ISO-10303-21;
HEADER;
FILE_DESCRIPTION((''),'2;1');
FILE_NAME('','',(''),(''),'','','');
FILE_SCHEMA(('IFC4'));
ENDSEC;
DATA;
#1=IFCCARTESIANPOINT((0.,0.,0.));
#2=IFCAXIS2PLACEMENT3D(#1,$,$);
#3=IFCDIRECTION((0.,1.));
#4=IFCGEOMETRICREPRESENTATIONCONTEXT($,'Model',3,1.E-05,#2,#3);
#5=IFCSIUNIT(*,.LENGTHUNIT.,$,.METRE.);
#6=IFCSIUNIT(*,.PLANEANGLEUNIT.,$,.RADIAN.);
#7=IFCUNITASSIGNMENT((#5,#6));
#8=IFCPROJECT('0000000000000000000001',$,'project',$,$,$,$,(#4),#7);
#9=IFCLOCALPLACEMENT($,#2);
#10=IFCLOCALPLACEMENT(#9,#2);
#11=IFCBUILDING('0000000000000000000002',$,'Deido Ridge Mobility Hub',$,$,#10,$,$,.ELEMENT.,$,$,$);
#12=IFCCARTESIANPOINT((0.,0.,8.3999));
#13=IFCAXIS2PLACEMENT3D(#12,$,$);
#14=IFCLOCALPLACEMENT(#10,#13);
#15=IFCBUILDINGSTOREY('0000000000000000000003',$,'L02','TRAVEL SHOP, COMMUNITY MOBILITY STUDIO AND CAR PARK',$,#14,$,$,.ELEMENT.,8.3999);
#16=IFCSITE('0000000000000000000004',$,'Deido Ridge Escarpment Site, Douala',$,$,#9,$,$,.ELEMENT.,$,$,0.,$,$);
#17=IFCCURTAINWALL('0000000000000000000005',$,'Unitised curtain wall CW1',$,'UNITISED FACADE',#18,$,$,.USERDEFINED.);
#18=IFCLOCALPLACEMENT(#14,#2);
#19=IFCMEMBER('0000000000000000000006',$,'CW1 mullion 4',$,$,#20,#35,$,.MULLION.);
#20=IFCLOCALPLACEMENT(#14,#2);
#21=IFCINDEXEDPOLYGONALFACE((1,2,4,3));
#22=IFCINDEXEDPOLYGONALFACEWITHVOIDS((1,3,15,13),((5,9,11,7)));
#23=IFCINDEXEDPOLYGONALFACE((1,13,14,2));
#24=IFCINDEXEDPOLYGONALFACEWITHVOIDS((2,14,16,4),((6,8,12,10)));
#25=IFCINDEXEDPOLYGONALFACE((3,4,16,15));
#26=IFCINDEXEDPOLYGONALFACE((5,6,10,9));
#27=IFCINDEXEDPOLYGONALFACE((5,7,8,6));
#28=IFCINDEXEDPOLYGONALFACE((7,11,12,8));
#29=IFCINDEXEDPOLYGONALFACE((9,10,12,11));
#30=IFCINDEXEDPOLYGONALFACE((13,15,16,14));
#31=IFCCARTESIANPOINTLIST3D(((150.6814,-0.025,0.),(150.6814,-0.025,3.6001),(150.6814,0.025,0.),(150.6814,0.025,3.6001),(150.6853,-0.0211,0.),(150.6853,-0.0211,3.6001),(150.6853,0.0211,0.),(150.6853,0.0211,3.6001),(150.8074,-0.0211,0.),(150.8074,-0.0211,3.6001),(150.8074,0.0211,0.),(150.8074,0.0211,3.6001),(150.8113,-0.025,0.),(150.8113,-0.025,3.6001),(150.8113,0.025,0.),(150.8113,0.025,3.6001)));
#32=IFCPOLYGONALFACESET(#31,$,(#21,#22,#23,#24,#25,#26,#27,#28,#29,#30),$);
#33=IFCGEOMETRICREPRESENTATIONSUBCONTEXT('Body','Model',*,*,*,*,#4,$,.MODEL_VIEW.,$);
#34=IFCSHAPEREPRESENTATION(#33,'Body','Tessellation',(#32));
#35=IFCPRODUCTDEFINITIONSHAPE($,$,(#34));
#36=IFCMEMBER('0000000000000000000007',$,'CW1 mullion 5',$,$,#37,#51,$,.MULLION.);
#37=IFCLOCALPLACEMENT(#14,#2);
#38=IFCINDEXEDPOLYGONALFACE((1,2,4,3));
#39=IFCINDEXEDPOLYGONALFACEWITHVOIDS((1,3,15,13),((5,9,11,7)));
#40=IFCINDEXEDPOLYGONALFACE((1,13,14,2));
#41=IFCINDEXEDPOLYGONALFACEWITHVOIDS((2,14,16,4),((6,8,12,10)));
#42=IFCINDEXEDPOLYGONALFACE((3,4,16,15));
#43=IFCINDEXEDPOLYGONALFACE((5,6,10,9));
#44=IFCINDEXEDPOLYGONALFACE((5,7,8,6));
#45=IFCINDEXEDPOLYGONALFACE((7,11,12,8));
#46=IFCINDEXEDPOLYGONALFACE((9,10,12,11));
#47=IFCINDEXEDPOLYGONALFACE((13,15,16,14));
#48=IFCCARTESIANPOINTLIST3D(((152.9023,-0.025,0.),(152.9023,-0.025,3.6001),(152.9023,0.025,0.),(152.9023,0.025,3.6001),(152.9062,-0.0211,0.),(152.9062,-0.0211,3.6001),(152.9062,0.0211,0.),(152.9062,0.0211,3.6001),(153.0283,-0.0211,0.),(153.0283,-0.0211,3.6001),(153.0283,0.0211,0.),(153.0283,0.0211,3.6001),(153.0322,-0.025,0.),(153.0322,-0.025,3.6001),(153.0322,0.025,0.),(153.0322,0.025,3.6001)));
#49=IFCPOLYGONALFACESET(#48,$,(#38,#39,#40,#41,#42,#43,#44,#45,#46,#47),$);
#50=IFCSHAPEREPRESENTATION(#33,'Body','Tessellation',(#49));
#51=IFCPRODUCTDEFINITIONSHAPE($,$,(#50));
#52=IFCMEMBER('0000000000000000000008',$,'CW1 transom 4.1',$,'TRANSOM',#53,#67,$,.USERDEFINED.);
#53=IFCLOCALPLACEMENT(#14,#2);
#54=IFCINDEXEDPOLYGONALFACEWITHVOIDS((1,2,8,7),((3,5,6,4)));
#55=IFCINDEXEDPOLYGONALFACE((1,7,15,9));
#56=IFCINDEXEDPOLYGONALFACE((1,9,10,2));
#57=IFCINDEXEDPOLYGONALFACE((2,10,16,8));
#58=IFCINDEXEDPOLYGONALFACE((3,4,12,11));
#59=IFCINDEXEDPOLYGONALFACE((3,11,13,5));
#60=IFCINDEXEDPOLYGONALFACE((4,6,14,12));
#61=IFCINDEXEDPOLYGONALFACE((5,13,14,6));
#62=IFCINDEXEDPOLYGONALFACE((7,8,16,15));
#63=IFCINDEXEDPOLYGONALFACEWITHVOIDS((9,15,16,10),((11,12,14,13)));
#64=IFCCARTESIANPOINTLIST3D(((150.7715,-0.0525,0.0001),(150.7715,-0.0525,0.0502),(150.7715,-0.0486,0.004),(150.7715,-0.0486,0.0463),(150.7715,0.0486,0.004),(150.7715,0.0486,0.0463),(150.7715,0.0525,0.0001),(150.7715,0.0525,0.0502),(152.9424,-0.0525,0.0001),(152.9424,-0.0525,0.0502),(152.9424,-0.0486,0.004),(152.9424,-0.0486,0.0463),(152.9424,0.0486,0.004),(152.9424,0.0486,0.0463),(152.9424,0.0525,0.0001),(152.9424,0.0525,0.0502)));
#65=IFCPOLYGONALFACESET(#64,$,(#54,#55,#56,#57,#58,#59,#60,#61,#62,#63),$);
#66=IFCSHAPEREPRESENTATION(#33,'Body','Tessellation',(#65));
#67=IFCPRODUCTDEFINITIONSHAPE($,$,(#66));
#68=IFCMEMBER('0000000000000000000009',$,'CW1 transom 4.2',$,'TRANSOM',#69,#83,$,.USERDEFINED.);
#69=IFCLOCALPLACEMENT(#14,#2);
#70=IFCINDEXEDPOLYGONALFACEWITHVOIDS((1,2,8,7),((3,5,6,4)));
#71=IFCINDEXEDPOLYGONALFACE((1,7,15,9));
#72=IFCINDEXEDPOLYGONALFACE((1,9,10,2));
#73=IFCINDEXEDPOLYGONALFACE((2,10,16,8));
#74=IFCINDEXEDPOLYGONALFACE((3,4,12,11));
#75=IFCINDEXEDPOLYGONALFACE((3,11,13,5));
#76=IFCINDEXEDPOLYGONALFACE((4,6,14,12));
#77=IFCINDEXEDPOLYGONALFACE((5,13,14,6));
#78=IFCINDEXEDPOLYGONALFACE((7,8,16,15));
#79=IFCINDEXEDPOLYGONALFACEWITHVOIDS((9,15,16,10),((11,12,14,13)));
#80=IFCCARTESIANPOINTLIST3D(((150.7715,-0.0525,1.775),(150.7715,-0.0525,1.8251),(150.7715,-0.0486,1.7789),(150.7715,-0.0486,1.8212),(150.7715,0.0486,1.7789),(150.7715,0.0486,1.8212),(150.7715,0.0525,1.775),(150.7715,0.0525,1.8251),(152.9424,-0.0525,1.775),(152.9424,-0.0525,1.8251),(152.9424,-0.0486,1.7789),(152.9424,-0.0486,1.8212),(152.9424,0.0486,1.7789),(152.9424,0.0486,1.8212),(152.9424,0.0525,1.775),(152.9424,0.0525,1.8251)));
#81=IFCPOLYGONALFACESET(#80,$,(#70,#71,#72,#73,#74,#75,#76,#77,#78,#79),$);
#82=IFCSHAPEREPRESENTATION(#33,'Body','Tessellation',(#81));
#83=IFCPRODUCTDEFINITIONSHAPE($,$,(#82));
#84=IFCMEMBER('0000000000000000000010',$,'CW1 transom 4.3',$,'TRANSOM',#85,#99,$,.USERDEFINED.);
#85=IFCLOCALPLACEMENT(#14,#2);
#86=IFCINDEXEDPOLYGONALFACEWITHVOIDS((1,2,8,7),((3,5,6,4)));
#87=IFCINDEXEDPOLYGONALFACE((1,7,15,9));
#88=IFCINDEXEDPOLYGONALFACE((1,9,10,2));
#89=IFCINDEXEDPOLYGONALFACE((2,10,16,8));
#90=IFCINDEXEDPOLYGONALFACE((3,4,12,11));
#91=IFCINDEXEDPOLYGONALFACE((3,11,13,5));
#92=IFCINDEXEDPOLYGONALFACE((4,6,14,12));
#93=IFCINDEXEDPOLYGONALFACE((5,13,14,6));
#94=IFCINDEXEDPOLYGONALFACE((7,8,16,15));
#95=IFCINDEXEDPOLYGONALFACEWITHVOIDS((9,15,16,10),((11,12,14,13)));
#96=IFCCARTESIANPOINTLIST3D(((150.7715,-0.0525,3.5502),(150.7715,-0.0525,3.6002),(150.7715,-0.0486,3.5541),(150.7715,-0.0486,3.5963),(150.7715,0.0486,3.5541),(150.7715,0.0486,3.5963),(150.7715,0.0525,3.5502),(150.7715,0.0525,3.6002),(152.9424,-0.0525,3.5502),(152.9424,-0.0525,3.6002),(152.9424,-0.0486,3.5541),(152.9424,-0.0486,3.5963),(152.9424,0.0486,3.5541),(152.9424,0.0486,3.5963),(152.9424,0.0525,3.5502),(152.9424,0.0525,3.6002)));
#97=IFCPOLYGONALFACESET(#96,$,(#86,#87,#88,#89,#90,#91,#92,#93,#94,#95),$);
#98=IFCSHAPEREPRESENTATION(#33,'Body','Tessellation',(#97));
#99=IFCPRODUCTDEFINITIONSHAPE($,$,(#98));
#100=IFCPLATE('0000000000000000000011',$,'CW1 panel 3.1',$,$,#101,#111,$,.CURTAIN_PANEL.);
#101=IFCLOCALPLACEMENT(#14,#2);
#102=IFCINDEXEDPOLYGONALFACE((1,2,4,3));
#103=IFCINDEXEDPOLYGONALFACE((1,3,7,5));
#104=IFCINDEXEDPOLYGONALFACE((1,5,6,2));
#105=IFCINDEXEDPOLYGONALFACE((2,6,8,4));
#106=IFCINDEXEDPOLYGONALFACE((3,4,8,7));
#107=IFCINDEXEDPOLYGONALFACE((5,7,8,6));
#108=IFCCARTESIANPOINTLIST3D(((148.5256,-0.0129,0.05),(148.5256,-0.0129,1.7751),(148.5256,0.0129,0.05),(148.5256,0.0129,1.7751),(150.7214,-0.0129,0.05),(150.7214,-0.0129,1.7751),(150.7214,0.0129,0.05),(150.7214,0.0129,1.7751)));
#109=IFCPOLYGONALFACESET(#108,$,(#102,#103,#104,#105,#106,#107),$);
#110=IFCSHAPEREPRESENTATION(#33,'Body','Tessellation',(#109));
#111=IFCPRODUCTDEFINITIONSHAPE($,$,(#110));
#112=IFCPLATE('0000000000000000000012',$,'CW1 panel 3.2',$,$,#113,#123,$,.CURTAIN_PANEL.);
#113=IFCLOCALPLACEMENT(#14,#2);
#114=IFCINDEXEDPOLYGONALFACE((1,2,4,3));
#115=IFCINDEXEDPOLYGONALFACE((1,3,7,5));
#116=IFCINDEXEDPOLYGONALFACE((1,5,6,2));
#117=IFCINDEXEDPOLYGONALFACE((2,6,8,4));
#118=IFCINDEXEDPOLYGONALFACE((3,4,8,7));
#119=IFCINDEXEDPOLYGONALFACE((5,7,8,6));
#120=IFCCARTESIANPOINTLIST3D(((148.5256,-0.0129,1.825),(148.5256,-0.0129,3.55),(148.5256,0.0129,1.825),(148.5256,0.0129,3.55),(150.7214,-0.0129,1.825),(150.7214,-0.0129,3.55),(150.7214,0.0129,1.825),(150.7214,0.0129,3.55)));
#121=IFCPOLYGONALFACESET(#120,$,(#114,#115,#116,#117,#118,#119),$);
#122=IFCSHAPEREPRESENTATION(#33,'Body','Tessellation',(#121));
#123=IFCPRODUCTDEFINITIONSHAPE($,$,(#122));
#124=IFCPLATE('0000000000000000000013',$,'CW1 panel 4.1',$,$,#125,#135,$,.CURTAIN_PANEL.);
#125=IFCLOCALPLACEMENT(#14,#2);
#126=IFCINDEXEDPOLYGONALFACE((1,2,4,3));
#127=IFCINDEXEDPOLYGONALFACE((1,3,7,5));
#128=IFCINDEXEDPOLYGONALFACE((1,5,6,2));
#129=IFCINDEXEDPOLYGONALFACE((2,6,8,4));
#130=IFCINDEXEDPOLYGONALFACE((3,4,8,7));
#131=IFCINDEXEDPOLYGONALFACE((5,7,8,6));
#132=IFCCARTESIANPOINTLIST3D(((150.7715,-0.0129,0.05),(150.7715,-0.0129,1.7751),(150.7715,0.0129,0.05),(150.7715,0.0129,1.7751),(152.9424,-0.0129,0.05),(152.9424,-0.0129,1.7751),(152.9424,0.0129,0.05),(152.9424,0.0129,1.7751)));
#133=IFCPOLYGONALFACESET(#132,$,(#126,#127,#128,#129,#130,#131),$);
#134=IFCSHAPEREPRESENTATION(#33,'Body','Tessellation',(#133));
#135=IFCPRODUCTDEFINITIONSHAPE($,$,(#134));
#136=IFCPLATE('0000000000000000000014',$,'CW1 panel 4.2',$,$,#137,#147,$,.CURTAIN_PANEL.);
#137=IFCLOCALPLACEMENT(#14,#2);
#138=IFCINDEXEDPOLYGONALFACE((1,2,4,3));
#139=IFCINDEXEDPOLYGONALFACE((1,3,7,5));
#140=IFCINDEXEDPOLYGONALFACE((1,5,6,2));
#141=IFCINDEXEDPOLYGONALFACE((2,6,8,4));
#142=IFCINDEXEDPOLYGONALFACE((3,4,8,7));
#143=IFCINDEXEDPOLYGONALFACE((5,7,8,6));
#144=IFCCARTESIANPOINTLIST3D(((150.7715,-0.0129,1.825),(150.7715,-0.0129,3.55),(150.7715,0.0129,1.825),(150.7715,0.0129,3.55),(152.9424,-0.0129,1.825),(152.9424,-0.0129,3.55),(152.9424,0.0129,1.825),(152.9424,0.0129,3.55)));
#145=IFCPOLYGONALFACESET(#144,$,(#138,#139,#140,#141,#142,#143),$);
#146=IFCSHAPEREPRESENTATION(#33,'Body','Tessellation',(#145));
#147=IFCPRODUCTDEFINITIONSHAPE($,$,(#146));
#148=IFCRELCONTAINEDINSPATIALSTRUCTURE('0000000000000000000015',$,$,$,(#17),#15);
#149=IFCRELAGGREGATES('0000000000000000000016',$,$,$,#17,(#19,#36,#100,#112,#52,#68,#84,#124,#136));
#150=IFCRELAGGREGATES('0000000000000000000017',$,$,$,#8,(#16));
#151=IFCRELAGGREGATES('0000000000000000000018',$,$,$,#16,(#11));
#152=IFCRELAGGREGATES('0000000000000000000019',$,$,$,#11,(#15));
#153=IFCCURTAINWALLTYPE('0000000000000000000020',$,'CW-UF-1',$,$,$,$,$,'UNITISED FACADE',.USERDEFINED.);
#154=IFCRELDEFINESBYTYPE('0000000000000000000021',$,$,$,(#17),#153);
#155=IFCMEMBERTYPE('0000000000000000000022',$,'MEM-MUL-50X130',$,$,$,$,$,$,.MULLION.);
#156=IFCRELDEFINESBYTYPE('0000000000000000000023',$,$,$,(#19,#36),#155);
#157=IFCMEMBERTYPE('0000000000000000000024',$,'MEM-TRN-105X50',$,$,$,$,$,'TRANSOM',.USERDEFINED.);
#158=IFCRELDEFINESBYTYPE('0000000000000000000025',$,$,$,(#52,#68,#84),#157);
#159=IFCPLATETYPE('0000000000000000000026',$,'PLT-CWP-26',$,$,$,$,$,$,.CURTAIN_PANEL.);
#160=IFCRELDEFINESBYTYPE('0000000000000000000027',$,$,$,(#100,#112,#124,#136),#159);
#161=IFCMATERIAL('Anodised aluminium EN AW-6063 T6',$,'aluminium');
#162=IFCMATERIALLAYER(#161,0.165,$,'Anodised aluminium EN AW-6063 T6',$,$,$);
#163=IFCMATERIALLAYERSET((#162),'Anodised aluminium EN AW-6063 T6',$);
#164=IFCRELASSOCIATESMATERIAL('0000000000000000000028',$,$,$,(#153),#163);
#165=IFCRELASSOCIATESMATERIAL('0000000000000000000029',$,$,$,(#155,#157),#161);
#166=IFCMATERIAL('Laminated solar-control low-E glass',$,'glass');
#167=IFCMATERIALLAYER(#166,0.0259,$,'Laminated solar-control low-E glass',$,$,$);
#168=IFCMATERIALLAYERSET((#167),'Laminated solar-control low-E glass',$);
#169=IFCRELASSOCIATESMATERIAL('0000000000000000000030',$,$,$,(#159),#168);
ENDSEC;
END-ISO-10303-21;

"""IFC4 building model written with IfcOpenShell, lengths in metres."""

from ifc_helpers import new_model, si_unit, direction, frame, origin, origin_2d, place, context, subcontext, project, spatial, rectangle, hollow_rectangle, extrude, material, layer, layer_set, material_profile, profile_set, type_object, element, aggregate, save


model = new_model("IFC4")

# Units and contexts
model_context = context("Model", 3, precision=1e-05, world=origin(), true_north=direction((0.0, 1.0)))
body_context = subcontext(model_context, "Body", "Model", "MODEL_VIEW")
ifc_project = project(units=[si_unit("LENGTHUNIT", "METRE"), si_unit("PLANEANGLEUNIT", "RADIAN")], contexts=[model_context])

# Site, building, storey
site_placement = place(None, origin())
site = spatial("IfcSite", under=ifc_project, at=site_placement, Name="Deido Ridge Escarpment Site, Douala", CompositionType="ELEMENT", RefElevation=0.0)
building_placement = place(site_placement, origin())
building = spatial("IfcBuilding", under=site, at=building_placement, Name="Deido Ridge Mobility Hub", CompositionType="ELEMENT")
storey_placement = place(building_placement, frame((0.0, 0.0, 8.3999)))
storey = spatial("IfcBuildingStorey", under=building, at=storey_placement, Name="L02", Description="TRAVEL SHOP, COMMUNITY MOBILITY STUDIO AND CAR PARK", CompositionType="ELEMENT", Elevation=8.3999)

# Curtain wall, members, plates
ifc_material_1 = material(Name="Anodised aluminium EN AW-6063 T6", Category="aluminium")
ifc_layer_1 = layer(ifc_material_1, 0.165, Name="Anodised aluminium EN AW-6063 T6")
ifc_layer_set_1 = layer_set([ifc_layer_1], Name="Anodised aluminium EN AW-6063 T6")
curtain_wall_type = type_object("IfcCurtainWallType", Name="CW-UF-1", ElementType="UNITISED FACADE", PredefinedType="USERDEFINED", material=ifc_layer_set_1)
curtain_wall_placement = place(storey_placement, origin())
curtain_wall = element("IfcCurtainWall", 1, at=curtain_wall_placement, inside=storey, type_object=curtain_wall_type, Name="Unitised curtain wall CW1", ObjectType="UNITISED FACADE", PredefinedType="USERDEFINED")
ifc_material_profile_1 = material_profile(ifc_material_1, hollow_rectangle(XDim=0.05, YDim=0.1299, WallThickness=0.0039, at=origin_2d()), Name="RHS 50x130x4")
ifc_profile_set_1 = profile_set([ifc_material_profile_1], Name="Anodised aluminium EN AW-6063 T6")
member_type_1 = type_object("IfcMemberType", Name="MEM-MUL-50X130", PredefinedType="MULLION", material=ifc_profile_set_1)
member_1_placement = place(storey_placement, frame((150.7463, 0.0, 0.0), z_axis=(0.0, 0.0, 1.0), x_axis=(0.0, 1.0, 0.0)))
member_1 = element("IfcMember", 2, at=member_1_placement, type_object=member_type_1, Name="CW1 mullion 4", PredefinedType="MULLION", context=body_context, shape_type="SweptSolid", body=[
    extrude(hollow_rectangle(XDim=0.05, YDim=0.1299, WallThickness=0.0039, at=origin_2d()), origin(), (0.0, 0.0, 1.0), 3.6001),
])
member_2_placement = place(storey_placement, frame((152.9673, 0.0, 0.0), z_axis=(0.0, 0.0, 1.0), x_axis=(0.0, 1.0, 0.0)))
member_2 = element("IfcMember", 3, at=member_2_placement, type_object=member_type_1, Name="CW1 mullion 5", PredefinedType="MULLION", context=body_context, shape_type="SweptSolid", body=[
    extrude(hollow_rectangle(XDim=0.05, YDim=0.1299, WallThickness=0.0039, at=origin_2d()), origin(), (0.0, 0.0, 1.0), 3.6001),
])
ifc_material_profile_2 = material_profile(ifc_material_1, hollow_rectangle(XDim=0.105, YDim=0.05, WallThickness=0.0039, at=origin_2d()), Name="RHS 105x50x4")
ifc_profile_set_2 = profile_set([ifc_material_profile_2], Name="Anodised aluminium EN AW-6063 T6")
member_type_2 = type_object("IfcMemberType", Name="MEM-TRN-105X50", ElementType="TRANSOM", PredefinedType="USERDEFINED", material=ifc_profile_set_2)
member_3_placement = place(storey_placement, frame((150.7715, 0.0, 0.0251), z_axis=(1.0, 0.0, 0.0), x_axis=(0.0, 1.0, 0.0)))
member_3 = element("IfcMember", 4, at=member_3_placement, type_object=member_type_2, Name="CW1 transom 4.1", ObjectType="TRANSOM", PredefinedType="USERDEFINED", context=body_context, shape_type="SweptSolid", body=[
    extrude(hollow_rectangle(XDim=0.105, YDim=0.05, WallThickness=0.0039, at=origin_2d()), origin(), (0.0, 0.0, 1.0), 2.1709),
])
member_4_placement = place(storey_placement, frame((150.7715, 0.0, 1.8), z_axis=(1.0, 0.0, 0.0), x_axis=(0.0, 1.0, 0.0)))
member_4 = element("IfcMember", 5, at=member_4_placement, type_object=member_type_2, Name="CW1 transom 4.2", ObjectType="TRANSOM", PredefinedType="USERDEFINED", context=body_context, shape_type="SweptSolid", body=[
    extrude(hollow_rectangle(XDim=0.105, YDim=0.05, WallThickness=0.0039, at=origin_2d()), origin(), (0.0, 0.0, 1.0), 2.1709),
])
member_5_placement = place(storey_placement, frame((150.7715, 0.0, 3.5752), z_axis=(1.0, 0.0, 0.0), x_axis=(0.0, 1.0, 0.0)))
member_5 = element("IfcMember", 6, at=member_5_placement, type_object=member_type_2, Name="CW1 transom 4.3", ObjectType="TRANSOM", PredefinedType="USERDEFINED", context=body_context, shape_type="SweptSolid", body=[
    extrude(hollow_rectangle(XDim=0.105, YDim=0.05, WallThickness=0.0039, at=origin_2d()), origin(), (0.0, 0.0, 1.0), 2.1709),
])
ifc_material_2 = material(Name="Laminated solar-control low-E glass", Category="glass")
ifc_layer_2 = layer(ifc_material_2, 0.0259, Name="Laminated solar-control low-E glass")
ifc_layer_set_2 = layer_set([ifc_layer_2], Name="Laminated solar-control low-E glass")
plate_type = type_object("IfcPlateType", Name="PLT-CWP-26", PredefinedType="CURTAIN_PANEL", material=ifc_layer_set_2)
plate_1_placement = place(storey_placement, frame((149.6235, 0.0, 0.05), z_axis=(0.0, 0.0, 1.0), x_axis=(1.0, 0.0, 0.0)))
plate_1 = element("IfcPlate", 7, at=plate_1_placement, type_object=plate_type, Name="CW1 panel 3.1", PredefinedType="CURTAIN_PANEL", context=body_context, shape_type="SweptSolid", body=[
    extrude(rectangle(XDim=2.1958, YDim=0.0259, at=origin_2d()), origin(), (0.0, 0.0, 1.0), 1.7251),
])
plate_2_placement = place(storey_placement, frame((149.6235, 0.0, 1.825), z_axis=(0.0, 0.0, 1.0), x_axis=(1.0, 0.0, 0.0)))
plate_2 = element("IfcPlate", 8, at=plate_2_placement, type_object=plate_type, Name="CW1 panel 3.2", PredefinedType="CURTAIN_PANEL", context=body_context, shape_type="SweptSolid", body=[
    extrude(rectangle(XDim=2.1958, YDim=0.0259, at=origin_2d()), origin(), (0.0, 0.0, 1.0), 1.7251),
])
plate_3_placement = place(storey_placement, frame((151.8569, 0.0, 0.05), z_axis=(0.0, 0.0, 1.0), x_axis=(1.0, 0.0, 0.0)))
plate_3 = element("IfcPlate", 9, at=plate_3_placement, type_object=plate_type, Name="CW1 panel 4.1", PredefinedType="CURTAIN_PANEL", context=body_context, shape_type="SweptSolid", body=[
    extrude(rectangle(XDim=2.1709, YDim=0.0259, at=origin_2d()), origin(), (0.0, 0.0, 1.0), 1.7251),
])
plate_4_placement = place(storey_placement, frame((151.8569, 0.0, 1.825), z_axis=(0.0, 0.0, 1.0), x_axis=(1.0, 0.0, 0.0)))
plate_4 = element("IfcPlate", 10, at=plate_4_placement, type_object=plate_type, Name="CW1 panel 4.2", PredefinedType="CURTAIN_PANEL", context=body_context, shape_type="SweptSolid", body=[
    extrude(rectangle(XDim=2.1709, YDim=0.0259, at=origin_2d()), origin(), (0.0, 0.0, 1.0), 1.7251),
])
aggregate(curtain_wall, [member_1, member_2, plate_1, plate_2, member_3, member_4, member_5, plate_3, plate_4])

save(model, "model.ifc")
